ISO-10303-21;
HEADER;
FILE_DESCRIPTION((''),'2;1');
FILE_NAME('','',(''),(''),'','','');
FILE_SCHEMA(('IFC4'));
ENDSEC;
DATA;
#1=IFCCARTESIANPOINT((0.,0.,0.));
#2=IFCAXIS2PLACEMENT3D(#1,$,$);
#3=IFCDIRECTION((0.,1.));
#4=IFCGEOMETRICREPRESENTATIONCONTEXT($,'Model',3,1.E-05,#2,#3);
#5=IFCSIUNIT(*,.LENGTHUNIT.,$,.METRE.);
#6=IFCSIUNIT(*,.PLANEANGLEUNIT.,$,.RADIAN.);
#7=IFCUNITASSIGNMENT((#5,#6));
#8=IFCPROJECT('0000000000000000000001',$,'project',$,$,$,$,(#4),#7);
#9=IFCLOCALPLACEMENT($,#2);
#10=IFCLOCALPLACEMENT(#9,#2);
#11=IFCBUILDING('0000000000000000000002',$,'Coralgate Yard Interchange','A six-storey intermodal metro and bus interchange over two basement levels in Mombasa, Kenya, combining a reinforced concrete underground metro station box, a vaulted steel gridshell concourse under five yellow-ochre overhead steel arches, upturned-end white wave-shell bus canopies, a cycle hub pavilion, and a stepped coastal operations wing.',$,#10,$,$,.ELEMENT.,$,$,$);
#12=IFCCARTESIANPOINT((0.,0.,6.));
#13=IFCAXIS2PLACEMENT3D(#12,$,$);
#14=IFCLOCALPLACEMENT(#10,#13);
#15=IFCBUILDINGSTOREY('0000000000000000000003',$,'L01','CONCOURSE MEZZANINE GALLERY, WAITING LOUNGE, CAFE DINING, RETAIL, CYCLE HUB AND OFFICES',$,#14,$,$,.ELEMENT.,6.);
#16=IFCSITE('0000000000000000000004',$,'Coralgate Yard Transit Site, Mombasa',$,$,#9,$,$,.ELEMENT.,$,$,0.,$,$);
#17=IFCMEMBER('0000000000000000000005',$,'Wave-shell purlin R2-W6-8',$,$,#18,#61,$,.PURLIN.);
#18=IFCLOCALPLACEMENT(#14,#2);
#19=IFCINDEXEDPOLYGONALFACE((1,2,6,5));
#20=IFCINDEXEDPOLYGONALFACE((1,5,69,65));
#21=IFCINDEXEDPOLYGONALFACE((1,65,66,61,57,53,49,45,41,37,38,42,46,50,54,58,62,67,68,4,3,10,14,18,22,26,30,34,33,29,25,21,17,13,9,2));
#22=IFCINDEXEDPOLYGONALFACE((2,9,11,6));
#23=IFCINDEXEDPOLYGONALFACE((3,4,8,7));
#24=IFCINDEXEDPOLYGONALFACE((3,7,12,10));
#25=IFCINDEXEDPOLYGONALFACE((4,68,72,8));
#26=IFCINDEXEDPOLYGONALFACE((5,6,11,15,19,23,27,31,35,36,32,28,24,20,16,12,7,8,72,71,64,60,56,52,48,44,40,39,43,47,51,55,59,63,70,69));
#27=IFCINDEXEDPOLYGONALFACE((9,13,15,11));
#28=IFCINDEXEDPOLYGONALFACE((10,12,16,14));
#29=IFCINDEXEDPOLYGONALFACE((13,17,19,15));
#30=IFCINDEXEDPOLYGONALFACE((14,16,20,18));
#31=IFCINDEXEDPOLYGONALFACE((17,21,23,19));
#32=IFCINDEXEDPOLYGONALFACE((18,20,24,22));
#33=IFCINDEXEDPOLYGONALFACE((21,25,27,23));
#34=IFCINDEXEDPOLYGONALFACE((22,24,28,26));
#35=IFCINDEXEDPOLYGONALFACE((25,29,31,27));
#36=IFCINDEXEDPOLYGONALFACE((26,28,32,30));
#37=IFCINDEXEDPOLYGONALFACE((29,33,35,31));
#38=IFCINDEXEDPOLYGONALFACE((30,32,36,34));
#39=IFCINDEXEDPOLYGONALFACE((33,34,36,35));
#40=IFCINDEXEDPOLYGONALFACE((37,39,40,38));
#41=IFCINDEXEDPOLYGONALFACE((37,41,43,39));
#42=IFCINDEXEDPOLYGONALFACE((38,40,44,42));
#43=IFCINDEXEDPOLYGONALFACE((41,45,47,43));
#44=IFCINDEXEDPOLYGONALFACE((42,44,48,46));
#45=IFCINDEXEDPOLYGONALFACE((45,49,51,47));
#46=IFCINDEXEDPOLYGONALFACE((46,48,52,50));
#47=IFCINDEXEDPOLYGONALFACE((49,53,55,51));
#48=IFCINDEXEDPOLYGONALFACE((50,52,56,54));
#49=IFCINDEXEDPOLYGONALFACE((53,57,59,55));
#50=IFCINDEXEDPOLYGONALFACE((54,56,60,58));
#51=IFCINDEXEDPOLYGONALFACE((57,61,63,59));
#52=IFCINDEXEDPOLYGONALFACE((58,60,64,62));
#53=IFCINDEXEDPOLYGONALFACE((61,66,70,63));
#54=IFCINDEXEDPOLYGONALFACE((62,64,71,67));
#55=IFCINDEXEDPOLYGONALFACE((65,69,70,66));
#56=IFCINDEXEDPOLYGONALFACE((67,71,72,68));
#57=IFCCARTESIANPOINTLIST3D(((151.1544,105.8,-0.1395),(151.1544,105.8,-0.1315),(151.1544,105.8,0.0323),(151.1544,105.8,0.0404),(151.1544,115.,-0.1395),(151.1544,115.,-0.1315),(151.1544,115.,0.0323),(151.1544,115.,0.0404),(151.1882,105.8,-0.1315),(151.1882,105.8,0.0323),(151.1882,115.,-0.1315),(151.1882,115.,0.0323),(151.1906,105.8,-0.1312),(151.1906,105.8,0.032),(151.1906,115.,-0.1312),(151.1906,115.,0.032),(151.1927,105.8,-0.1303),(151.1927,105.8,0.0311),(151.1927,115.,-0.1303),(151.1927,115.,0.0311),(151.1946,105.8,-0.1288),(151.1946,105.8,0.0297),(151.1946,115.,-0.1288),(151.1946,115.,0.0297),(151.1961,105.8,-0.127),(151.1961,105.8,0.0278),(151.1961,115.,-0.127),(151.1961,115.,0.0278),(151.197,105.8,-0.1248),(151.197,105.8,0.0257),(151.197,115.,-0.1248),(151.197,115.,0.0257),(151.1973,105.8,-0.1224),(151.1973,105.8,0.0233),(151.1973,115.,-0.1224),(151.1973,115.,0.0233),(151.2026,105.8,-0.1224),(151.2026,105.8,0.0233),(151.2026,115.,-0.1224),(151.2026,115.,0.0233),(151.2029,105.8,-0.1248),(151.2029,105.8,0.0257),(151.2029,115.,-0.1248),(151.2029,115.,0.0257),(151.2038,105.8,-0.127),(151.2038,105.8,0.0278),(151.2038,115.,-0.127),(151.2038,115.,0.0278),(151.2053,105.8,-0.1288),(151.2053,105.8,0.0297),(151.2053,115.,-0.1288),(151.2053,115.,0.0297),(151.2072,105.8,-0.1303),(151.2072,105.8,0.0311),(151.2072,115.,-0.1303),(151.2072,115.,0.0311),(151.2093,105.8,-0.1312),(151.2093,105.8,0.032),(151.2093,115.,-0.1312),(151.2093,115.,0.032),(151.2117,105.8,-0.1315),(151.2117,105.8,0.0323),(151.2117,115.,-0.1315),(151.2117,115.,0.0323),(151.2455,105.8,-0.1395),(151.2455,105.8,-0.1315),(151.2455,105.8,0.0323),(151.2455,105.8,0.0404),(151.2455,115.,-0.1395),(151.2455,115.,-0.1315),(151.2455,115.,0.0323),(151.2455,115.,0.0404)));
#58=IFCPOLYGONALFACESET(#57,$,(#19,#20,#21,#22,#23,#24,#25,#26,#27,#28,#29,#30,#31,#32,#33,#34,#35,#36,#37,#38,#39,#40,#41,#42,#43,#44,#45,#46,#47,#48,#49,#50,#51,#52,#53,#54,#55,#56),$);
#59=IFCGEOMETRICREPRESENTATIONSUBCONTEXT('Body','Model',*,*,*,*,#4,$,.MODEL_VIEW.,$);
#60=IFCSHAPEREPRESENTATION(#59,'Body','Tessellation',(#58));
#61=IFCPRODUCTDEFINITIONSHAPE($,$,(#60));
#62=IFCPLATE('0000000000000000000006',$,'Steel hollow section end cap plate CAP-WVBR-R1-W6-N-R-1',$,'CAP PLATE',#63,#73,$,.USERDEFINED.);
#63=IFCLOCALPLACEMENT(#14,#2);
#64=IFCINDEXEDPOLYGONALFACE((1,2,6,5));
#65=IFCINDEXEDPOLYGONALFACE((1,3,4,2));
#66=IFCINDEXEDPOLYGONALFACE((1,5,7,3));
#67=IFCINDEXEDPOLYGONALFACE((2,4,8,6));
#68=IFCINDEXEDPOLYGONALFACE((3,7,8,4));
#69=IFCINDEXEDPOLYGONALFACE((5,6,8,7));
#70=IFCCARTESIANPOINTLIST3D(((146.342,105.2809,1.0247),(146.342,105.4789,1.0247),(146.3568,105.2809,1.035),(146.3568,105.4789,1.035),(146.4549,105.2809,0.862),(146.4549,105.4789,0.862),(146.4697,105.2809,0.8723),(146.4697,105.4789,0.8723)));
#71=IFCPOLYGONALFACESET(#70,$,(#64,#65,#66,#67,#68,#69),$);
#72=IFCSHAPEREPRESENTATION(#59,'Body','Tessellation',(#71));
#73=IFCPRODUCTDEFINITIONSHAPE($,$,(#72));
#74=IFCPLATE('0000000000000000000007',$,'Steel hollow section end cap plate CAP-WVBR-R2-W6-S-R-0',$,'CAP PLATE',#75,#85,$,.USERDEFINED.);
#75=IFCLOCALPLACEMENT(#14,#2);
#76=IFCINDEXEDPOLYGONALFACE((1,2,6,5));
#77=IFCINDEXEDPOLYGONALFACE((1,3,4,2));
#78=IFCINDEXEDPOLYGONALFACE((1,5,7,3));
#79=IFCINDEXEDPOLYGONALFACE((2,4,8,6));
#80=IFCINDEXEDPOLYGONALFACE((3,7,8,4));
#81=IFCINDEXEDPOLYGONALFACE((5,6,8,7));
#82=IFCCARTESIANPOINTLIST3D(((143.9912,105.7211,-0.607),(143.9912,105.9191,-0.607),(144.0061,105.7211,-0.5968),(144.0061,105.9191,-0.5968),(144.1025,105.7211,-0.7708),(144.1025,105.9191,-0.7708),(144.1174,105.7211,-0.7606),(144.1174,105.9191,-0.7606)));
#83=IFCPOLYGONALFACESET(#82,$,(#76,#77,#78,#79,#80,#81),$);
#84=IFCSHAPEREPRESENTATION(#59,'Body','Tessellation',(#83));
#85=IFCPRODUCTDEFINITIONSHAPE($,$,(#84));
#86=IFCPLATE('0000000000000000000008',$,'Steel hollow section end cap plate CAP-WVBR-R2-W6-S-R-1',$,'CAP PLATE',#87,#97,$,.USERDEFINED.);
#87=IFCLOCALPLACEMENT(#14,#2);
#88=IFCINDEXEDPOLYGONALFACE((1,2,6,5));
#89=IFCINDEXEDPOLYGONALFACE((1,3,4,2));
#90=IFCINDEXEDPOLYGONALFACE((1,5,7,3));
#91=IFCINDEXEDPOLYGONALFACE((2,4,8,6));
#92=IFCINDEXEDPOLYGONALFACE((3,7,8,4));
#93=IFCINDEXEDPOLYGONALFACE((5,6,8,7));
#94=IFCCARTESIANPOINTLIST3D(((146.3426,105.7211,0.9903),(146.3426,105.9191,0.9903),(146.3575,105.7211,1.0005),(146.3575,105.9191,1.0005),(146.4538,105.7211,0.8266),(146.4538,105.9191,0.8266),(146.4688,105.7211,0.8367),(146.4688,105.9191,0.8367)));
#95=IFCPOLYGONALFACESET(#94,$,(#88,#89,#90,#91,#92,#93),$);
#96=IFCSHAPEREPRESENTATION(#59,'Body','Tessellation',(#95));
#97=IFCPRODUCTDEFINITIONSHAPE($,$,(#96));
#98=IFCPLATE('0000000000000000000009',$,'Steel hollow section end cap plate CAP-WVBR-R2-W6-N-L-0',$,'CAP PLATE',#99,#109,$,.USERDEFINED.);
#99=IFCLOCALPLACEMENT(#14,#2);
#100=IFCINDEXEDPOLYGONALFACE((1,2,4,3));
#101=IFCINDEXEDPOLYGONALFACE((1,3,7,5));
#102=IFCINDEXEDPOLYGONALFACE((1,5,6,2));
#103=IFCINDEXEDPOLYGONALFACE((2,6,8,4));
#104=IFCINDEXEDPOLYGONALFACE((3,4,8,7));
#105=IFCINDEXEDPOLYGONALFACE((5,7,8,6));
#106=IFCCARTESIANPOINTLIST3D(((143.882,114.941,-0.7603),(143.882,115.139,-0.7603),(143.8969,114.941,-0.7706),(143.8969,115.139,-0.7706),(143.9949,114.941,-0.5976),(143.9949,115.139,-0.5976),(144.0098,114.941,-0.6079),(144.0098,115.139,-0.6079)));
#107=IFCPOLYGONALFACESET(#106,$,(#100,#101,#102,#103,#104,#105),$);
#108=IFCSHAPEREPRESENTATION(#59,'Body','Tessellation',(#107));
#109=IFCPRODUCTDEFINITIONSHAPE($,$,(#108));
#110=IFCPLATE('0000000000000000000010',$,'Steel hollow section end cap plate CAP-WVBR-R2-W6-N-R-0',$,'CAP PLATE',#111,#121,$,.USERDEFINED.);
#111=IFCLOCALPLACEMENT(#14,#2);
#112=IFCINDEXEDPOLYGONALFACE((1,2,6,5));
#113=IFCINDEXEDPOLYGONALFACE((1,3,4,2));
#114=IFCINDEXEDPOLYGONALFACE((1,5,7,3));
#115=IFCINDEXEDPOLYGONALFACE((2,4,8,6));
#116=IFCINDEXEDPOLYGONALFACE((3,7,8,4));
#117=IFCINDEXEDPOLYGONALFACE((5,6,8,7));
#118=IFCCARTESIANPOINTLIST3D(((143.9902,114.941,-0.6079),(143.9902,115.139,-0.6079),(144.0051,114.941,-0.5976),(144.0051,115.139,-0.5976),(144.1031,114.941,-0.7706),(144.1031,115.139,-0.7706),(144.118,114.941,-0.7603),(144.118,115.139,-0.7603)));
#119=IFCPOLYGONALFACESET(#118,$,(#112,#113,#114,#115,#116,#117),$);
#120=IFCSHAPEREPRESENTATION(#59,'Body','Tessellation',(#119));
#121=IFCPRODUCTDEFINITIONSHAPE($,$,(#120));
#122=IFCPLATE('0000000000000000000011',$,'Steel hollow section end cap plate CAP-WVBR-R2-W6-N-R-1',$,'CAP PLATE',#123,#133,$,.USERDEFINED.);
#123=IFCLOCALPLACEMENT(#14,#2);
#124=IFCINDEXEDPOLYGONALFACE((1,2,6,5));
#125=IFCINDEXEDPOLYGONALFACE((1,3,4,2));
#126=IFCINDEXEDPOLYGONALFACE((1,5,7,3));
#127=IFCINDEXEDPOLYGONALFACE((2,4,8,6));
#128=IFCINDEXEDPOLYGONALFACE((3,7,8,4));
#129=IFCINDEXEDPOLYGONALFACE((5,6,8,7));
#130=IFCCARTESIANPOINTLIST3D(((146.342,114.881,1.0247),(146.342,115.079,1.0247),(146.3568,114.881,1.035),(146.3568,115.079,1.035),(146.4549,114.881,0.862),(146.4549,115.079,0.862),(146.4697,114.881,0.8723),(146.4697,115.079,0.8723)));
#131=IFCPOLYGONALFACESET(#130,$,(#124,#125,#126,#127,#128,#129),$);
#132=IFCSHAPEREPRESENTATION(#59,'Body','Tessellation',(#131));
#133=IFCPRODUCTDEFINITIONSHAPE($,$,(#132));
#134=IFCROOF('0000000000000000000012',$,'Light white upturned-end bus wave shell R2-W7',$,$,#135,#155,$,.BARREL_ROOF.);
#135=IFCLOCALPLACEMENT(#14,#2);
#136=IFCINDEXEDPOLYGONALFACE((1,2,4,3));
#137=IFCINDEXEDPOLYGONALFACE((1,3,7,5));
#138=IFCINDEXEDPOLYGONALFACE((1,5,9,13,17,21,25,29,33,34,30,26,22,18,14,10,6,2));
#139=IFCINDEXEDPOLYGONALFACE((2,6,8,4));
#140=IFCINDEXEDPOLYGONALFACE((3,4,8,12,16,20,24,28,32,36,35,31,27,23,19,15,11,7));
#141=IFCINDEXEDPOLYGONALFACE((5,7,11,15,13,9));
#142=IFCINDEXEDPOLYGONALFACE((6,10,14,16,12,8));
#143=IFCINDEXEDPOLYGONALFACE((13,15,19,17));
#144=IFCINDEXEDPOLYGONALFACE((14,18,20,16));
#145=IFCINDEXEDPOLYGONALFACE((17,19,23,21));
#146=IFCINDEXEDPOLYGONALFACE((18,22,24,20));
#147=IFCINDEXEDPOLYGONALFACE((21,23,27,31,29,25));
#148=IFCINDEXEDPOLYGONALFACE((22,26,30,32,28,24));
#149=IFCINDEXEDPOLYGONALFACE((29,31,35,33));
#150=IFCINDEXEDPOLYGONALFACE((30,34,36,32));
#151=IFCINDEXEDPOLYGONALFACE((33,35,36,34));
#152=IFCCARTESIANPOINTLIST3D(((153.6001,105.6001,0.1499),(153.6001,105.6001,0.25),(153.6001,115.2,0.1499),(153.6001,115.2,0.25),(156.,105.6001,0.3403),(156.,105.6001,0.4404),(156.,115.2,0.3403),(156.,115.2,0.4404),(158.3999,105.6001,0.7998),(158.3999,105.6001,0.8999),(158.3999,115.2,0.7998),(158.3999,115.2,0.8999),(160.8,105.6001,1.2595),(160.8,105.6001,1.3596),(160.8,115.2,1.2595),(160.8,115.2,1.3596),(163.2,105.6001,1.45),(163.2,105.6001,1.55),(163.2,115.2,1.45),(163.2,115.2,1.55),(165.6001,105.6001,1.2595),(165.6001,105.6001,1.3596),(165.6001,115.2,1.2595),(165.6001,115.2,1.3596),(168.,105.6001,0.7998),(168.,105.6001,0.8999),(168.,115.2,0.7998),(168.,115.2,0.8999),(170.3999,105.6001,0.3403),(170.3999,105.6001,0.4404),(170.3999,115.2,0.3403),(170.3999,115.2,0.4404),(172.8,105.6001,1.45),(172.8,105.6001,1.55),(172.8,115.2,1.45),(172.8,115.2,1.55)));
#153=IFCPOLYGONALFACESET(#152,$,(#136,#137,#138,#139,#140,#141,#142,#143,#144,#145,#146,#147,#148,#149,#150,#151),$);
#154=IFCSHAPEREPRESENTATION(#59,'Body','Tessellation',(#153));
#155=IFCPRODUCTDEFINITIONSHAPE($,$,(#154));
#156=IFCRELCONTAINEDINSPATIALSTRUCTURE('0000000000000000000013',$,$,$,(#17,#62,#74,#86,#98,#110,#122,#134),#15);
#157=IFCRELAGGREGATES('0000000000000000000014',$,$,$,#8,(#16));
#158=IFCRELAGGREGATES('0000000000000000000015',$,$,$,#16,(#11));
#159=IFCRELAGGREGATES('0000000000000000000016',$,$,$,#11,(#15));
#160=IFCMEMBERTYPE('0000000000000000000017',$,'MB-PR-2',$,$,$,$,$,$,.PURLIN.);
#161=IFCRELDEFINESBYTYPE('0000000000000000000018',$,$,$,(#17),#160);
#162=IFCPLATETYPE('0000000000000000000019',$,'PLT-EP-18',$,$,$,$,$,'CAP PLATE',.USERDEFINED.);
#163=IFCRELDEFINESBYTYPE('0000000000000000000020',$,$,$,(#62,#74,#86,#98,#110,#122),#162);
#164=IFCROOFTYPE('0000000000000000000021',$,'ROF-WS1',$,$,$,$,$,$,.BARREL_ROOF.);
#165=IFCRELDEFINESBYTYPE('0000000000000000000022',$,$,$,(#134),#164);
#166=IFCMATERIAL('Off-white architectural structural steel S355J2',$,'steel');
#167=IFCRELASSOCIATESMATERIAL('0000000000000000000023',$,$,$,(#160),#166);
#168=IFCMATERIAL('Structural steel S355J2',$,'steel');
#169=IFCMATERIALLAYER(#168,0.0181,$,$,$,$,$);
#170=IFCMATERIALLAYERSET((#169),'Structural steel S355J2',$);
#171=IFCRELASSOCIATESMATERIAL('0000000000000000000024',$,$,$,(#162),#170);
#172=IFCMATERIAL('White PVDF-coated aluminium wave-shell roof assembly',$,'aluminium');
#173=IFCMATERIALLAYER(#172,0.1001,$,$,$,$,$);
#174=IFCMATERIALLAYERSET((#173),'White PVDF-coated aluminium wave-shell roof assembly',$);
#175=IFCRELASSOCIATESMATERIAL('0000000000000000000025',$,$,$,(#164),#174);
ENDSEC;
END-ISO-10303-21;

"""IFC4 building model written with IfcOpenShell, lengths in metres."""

from ifc_helpers import new_model, si_unit, direction, frame, origin, origin_2d, place, context, subcontext, project, spatial, polyline, rectangle, i_section, outline, extrude, material, layer, layer_set, material_profile, profile_set, type_object, element, save


model = new_model("IFC4")

# Units and contexts
model_context = context("Model", 3, precision=1e-05, world=origin(), true_north=direction((0.0, 1.0)))
body_context = subcontext(model_context, "Body", "Model", "MODEL_VIEW")
ifc_project = project(units=[si_unit("LENGTHUNIT", "METRE"), si_unit("PLANEANGLEUNIT", "RADIAN")], contexts=[model_context])

# Site, building, storey
site_placement = place(None, origin())
site = spatial("IfcSite", under=ifc_project, at=site_placement, Name="Coralgate Yard Transit Site, Mombasa", CompositionType="ELEMENT", RefElevation=0.0)
building_placement = place(site_placement, origin())
building = spatial("IfcBuilding", under=site, at=building_placement, Name="Coralgate Yard Interchange", Description="A six-storey intermodal metro and bus interchange over two basement levels in Mombasa, Kenya, combining a reinforced concrete underground metro station box, a vaulted steel gridshell concourse under five yellow-ochre overhead steel arches, upturned-end white wave-shell bus canopies, a cycle hub pavilion, and a stepped coastal operations wing.", CompositionType="ELEMENT")
storey_placement = place(building_placement, frame((0.0, 0.0, 6.0)))
storey = spatial("IfcBuildingStorey", under=building, at=storey_placement, Name="L01", Description="CONCOURSE MEZZANINE GALLERY, WAITING LOUNGE, CAFE DINING, RETAIL, CYCLE HUB AND OFFICES", CompositionType="ELEMENT", Elevation=6.0)

# Shared definitions
ifc_material_1 = material(Name="Off-white architectural structural steel S355J2", Category="steel")

# Member
ifc_material_profile_1 = material_profile(ifc_material_1, i_section(OverallWidth=0.0911, OverallDepth=0.1799, WebThickness=0.0054, FlangeThickness=0.0081, FilletRadius=0.009, at=origin_2d()), Name="IPE 180")
ifc_profile_set_1 = profile_set([ifc_material_profile_1], Name="Off-white architectural structural steel S355J2")
member_type_1 = type_object("IfcMemberType", Name="MB-PR-2", PredefinedType="PURLIN", material=ifc_profile_set_1)
for number, where, z_axis, x_axis, name in (
    (1, (151.2, 105.8, -0.0496), (0.0, 1.0, 0.0), (-1.0, 0.0, 0.0), "Wave-shell purlin R2-W6-8"),
):
    element("IfcMember", number, at=place(storey_placement, frame(where, z_axis=z_axis, x_axis=x_axis)), inside=storey, type_object=member_type_1, Name=name, PredefinedType="PURLIN", context=body_context, shape_type="SweptSolid", body=[
        extrude(i_section(OverallWidth=0.0911, OverallDepth=0.1799, WebThickness=0.0054, FlangeThickness=0.0081, FilletRadius=0.009, at=origin_2d()), origin(), (0.0, 0.0, 1.0), 9.2),
    ])

# Plates
ifc_material_2 = material(Name="Structural steel S355J2", Category="steel")
ifc_layer_1 = layer(ifc_material_2, 0.0181)
ifc_layer_set_1 = layer_set([ifc_layer_1], Name="Structural steel S355J2")
plate_type = type_object("IfcPlateType", Name="PLT-EP-18", ElementType="CAP PLATE", PredefinedType="USERDEFINED", material=ifc_layer_set_1)
for number, where, z_axis, x_axis, name in (
    (2, (146.3984, 105.3799, 0.9434), (0.821436, 0.0, 0.570301), (0.0, 1.0, 0.0), "Steel hollow section end cap plate CAP-WVBR-R1-W6-N-R-1"),
    (3, (144.0618, 105.8201, -0.6787), (-0.827189, 0.0, -0.561923), (0.0, -1.0, 0.0), "Steel hollow section end cap plate CAP-WVBR-R2-W6-S-R-0"),
    (4, (146.3982, 105.8201, 0.9084), (0.827189, 0.0, 0.561923), (0.0, 1.0, 0.0), "Steel hollow section end cap plate CAP-WVBR-R2-W6-S-R-1"),
    (5, (143.9385, 115.04, -0.679), (0.821436, 0.0, -0.570301), (0.0, 1.0, 0.0), "Steel hollow section end cap plate CAP-WVBR-R2-W6-N-L-0"),
    (6, (144.0615, 115.04, -0.679), (-0.821436, 0.0, -0.570301), (0.0, -1.0, 0.0), "Steel hollow section end cap plate CAP-WVBR-R2-W6-N-R-0"),
    (7, (146.3984, 114.98, 0.9434), (0.821436, 0.0, 0.570301), (0.0, 1.0, 0.0), "Steel hollow section end cap plate CAP-WVBR-R2-W6-N-R-1"),
):
    element("IfcPlate", number, at=place(storey_placement, frame(where, z_axis=z_axis, x_axis=x_axis)), inside=storey, type_object=plate_type, Name=name, ObjectType="CAP PLATE", PredefinedType="USERDEFINED", context=body_context, shape_type="SweptSolid", body=[
        extrude(rectangle(XDim=0.198, YDim=0.198, at=origin_2d()), origin(), (0.0, 0.0, 1.0), 0.0181),
    ])

# Roof
ifc_material_3 = material(Name="White PVDF-coated aluminium wave-shell roof assembly", Category="aluminium")
ifc_layer_2 = layer(ifc_material_3, 0.1001)
ifc_layer_set_2 = layer_set([ifc_layer_2], Name="White PVDF-coated aluminium wave-shell roof assembly")
roof_type = type_object("IfcRoofType", Name="ROF-WS1", PredefinedType="BARREL_ROOF", material=ifc_layer_set_2)
roof_placement = place(storey_placement, frame((153.6001, 105.6001, 0.25), z_axis=(0.0, 1.0, 0.0), x_axis=(-1.0, 0.0, 0.0)))
element("IfcRoof", 8, at=roof_placement, inside=storey, type_object=roof_type, Name="Light white upturned-end bus wave shell R2-W7", PredefinedType="BARREL_ROOF", context=body_context, shape_type="SweptSolid", body=[
    extrude(outline(polyline([(0.0, 0.0), (-2.3999, 0.1904), (-4.7998, 0.6499), (-7.2, 1.1096), (-9.5999, 1.3), (-12.0, 1.1096), (-14.3999, 0.6499), (-16.7998, 0.1904), (-19.2, 1.3), (-19.2, 1.2), (-16.7998, 0.0903), (-14.3999, 0.5498), (-12.0, 1.0095), (-9.5999, 1.2), (-7.2, 1.0095), (-4.7998, 0.5498), (-2.3999, 0.0903), (0.0, -0.1001), (0.0, 0.0)])), origin(), (0.0, 0.0, 1.0), 9.5999),
])

save(model, "model.ifc")
